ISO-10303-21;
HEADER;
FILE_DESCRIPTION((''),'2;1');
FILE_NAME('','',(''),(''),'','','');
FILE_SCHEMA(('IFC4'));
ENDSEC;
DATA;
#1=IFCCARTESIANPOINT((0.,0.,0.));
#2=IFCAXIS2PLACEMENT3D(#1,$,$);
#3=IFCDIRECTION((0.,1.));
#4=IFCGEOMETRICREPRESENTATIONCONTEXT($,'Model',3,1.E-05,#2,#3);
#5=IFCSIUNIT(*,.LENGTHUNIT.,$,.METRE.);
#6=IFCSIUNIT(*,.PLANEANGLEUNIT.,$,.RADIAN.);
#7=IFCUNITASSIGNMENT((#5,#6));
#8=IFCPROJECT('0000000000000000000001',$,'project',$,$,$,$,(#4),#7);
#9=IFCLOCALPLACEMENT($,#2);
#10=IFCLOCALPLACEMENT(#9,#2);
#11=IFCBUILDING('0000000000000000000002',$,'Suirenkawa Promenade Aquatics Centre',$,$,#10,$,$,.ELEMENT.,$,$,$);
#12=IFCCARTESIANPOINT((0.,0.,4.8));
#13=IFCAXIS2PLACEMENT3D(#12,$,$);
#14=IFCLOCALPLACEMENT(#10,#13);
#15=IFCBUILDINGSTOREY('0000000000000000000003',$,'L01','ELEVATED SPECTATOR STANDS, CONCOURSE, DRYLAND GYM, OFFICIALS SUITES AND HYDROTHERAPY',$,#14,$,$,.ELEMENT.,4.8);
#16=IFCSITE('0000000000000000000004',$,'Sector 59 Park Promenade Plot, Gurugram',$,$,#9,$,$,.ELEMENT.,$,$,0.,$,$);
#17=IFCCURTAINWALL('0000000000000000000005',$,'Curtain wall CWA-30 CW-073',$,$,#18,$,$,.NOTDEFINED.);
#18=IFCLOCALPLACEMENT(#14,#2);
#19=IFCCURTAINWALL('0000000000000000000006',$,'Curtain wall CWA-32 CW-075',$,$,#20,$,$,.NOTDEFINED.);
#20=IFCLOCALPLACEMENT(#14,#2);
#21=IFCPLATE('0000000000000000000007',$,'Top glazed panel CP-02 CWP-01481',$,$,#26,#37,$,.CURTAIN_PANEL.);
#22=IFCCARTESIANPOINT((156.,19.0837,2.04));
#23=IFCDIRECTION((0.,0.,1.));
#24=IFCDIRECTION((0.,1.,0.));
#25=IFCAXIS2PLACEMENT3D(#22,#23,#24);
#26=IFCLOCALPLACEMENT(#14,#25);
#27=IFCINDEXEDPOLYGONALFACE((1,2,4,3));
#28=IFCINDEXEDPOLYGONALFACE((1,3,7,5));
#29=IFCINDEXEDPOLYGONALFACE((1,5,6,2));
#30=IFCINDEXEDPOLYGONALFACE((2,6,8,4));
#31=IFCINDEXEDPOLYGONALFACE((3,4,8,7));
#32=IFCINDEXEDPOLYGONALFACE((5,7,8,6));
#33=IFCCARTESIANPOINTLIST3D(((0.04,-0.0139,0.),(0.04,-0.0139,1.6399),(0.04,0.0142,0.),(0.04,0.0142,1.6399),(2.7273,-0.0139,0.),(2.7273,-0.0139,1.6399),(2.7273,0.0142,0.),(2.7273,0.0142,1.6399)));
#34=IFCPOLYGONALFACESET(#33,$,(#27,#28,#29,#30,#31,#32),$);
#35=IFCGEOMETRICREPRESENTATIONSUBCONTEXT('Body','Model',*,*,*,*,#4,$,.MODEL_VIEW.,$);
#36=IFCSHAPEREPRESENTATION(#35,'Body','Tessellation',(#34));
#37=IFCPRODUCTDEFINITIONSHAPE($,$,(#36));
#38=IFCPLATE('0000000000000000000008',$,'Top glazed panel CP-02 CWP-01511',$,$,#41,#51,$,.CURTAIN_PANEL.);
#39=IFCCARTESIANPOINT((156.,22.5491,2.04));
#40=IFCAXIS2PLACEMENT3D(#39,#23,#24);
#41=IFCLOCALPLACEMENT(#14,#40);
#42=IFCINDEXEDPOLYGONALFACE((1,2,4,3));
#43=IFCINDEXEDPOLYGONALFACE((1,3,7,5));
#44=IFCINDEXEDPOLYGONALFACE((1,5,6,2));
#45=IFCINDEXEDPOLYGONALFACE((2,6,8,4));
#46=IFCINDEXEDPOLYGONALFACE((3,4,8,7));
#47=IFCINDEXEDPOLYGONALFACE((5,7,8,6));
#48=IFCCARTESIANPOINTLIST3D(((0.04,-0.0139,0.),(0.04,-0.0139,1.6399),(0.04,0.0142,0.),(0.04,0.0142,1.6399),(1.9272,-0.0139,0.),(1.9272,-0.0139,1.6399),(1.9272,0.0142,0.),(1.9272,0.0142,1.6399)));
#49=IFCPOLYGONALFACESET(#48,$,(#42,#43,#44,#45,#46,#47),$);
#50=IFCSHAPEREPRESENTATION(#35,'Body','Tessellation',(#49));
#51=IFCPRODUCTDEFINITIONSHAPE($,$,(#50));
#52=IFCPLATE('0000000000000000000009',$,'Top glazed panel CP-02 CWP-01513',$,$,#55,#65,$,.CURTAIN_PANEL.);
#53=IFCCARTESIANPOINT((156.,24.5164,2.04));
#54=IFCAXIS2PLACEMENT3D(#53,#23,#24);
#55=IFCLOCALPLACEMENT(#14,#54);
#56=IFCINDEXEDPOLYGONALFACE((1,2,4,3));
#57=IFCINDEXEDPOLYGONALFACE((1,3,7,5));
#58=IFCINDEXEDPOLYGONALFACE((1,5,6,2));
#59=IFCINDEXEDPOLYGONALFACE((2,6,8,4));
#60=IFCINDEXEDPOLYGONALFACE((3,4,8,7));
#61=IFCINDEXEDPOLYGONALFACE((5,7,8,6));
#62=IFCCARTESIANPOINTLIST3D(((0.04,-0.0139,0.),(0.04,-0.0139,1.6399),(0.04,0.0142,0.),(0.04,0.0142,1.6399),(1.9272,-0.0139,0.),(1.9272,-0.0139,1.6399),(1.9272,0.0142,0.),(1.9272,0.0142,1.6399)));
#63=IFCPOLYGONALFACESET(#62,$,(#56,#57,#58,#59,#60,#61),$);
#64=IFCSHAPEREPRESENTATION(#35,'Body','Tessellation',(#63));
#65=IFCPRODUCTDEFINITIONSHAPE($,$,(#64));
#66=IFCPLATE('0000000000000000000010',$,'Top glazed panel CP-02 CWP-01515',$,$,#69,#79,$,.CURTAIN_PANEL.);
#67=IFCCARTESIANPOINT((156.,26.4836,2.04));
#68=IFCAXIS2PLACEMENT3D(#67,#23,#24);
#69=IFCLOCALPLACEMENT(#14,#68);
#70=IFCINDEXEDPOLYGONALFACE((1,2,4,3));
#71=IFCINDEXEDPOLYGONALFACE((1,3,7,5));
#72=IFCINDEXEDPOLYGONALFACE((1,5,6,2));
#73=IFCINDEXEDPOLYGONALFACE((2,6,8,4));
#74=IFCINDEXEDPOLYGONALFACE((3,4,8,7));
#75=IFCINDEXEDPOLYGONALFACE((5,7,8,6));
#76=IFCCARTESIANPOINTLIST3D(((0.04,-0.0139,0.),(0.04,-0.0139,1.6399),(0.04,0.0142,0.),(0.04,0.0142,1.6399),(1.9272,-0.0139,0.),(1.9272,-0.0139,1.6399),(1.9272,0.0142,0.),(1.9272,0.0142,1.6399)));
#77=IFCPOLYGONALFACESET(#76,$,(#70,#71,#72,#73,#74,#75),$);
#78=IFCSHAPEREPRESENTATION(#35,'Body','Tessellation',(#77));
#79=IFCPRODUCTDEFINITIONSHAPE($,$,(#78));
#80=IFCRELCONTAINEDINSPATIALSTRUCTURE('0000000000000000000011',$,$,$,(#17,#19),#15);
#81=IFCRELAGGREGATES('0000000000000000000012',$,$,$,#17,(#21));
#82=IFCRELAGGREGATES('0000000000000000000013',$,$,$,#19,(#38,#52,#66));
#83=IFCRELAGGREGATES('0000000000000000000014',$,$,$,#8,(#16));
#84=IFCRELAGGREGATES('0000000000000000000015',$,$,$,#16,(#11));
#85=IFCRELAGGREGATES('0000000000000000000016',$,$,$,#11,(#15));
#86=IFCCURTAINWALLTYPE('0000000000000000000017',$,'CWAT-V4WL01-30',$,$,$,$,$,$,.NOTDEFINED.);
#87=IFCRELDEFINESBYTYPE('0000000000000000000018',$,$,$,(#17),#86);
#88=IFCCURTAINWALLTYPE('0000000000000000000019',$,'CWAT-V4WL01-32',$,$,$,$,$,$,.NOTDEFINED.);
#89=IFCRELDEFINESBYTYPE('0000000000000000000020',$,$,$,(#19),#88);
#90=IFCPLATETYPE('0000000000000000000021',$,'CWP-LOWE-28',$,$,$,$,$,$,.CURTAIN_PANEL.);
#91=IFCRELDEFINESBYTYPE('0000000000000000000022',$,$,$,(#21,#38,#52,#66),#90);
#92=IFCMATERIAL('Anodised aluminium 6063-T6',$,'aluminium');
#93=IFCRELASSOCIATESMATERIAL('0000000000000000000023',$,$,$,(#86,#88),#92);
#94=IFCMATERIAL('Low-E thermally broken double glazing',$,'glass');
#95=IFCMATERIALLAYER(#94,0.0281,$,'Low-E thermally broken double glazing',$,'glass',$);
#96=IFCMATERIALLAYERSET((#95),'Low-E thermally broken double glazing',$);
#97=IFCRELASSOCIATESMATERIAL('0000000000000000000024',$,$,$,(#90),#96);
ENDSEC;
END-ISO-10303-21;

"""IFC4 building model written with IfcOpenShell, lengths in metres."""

from ifc_helpers import new_model, si_unit, direction, frame, origin, place, context, subcontext, project, spatial, polyline, outline, extrude, material, layer, layer_set, type_object, element, aggregate, save


model = new_model("IFC4")

# Units and contexts
model_context = context("Model", 3, precision=1e-05, world=origin(), true_north=direction((0.0, 1.0)))
body_context = subcontext(model_context, "Body", "Model", "MODEL_VIEW")
ifc_project = project(units=[si_unit("LENGTHUNIT", "METRE"), si_unit("PLANEANGLEUNIT", "RADIAN")], contexts=[model_context])

# Site, building, storey
site_placement = place(None, origin())
site = spatial("IfcSite", under=ifc_project, at=site_placement, Name="Sector 59 Park Promenade Plot, Gurugram", CompositionType="ELEMENT", RefElevation=0.0)
building_placement = place(site_placement, origin())
building = spatial("IfcBuilding", under=site, at=building_placement, Name="Suirenkawa Promenade Aquatics Centre", CompositionType="ELEMENT")
storey_placement = place(building_placement, frame((0.0, 0.0, 4.8)))
storey = spatial("IfcBuildingStorey", under=building, at=storey_placement, Name="L01", Description="ELEVATED SPECTATOR STANDS, CONCOURSE, DRYLAND GYM, OFFICIALS SUITES AND HYDROTHERAPY", CompositionType="ELEMENT", Elevation=4.8)

# Curtain wall
ifc_material_1 = material(Name="Anodised aluminium 6063-T6", Category="aluminium")
curtain_wall_type_1 = type_object("IfcCurtainWallType", Name="CWAT-V4WL01-30", PredefinedType="NOTDEFINED", material=ifc_material_1)
curtain_wall_1_placement = place(storey_placement, origin())
curtain_wall_1 = element("IfcCurtainWall", 1, at=curtain_wall_1_placement, inside=storey, type_object=curtain_wall_type_1, Name="Curtain wall CWA-30 CW-073", PredefinedType="NOTDEFINED")

# Curtain wall
curtain_wall_type_2 = type_object("IfcCurtainWallType", Name="CWAT-V4WL01-32", PredefinedType="NOTDEFINED", material=ifc_material_1)
curtain_wall_2_placement = place(storey_placement, origin())
curtain_wall_2 = element("IfcCurtainWall", 2, at=curtain_wall_2_placement, inside=storey, type_object=curtain_wall_type_2, Name="Curtain wall CWA-32 CW-075", PredefinedType="NOTDEFINED")

# Plates
ifc_material_2 = material(Name="Low-E thermally broken double glazing", Category="glass")
ifc_layer_1 = layer(ifc_material_2, 0.0281, Name="Low-E thermally broken double glazing", Category="glass")
ifc_layer_set_1 = layer_set([ifc_layer_1], Name="Low-E thermally broken double glazing")
plate_type = type_object("IfcPlateType", Name="CWP-LOWE-28", PredefinedType="CURTAIN_PANEL", material=ifc_layer_set_1)
plate_1_placement = place(storey_placement, frame((156.0, 19.0837, 2.04), z_axis=(0.0, 0.0, 1.0), x_axis=(0.0, 1.0, 0.0)))
plate_1 = element("IfcPlate", 3, at=plate_1_placement, type_object=plate_type, Name="Top glazed panel CP-02 CWP-01481", PredefinedType="CURTAIN_PANEL", context=body_context, shape_type="SweptSolid", body=[
    extrude(outline(polyline([(0.04, 0.0), (2.7273, 0.0), (2.7273, 1.6399), (0.04, 1.6399), (0.04, 0.0)])), frame((0.0, 0.0142, 0.0), z_axis=(0.0, -1.0, 0.0), x_axis=(1.0, 0.0, 0.0)), (0.0, 0.0, 1.0), 0.0281),
])
aggregate(curtain_wall_1, [plate_1])
plate_2_placement = place(storey_placement, frame((156.0, 22.5491, 2.04), z_axis=(0.0, 0.0, 1.0), x_axis=(0.0, 1.0, 0.0)))
plate_2 = element("IfcPlate", 4, at=plate_2_placement, type_object=plate_type, Name="Top glazed panel CP-02 CWP-01511", PredefinedType="CURTAIN_PANEL", context=body_context, shape_type="SweptSolid", body=[
    extrude(outline(polyline([(0.04, 0.0), (1.9272, 0.0), (1.9272, 1.6399), (0.04, 1.6399), (0.04, 0.0)])), frame((0.0, 0.0142, 0.0), z_axis=(0.0, -1.0, 0.0), x_axis=(1.0, 0.0, 0.0)), (0.0, 0.0, 1.0), 0.0281),
])
plate_3_placement = place(storey_placement, frame((156.0, 24.5164, 2.04), z_axis=(0.0, 0.0, 1.0), x_axis=(0.0, 1.0, 0.0)))
plate_3 = element("IfcPlate", 5, at=plate_3_placement, type_object=plate_type, Name="Top glazed panel CP-02 CWP-01513", PredefinedType="CURTAIN_PANEL", context=body_context, shape_type="SweptSolid", body=[
    extrude(outline(polyline([(0.04, 0.0), (1.9272, 0.0), (1.9272, 1.6399), (0.04, 1.6399), (0.04, 0.0)])), frame((0.0, 0.0142, 0.0), z_axis=(0.0, -1.0, 0.0), x_axis=(1.0, 0.0, 0.0)), (0.0, 0.0, 1.0), 0.0281),
])
plate_4_placement = place(storey_placement, frame((156.0, 26.4836, 2.04), z_axis=(0.0, 0.0, 1.0), x_axis=(0.0, 1.0, 0.0)))
plate_4 = element("IfcPlate", 6, at=plate_4_placement, type_object=plate_type, Name="Top glazed panel CP-02 CWP-01515", PredefinedType="CURTAIN_PANEL", context=body_context, shape_type="SweptSolid", body=[
    extrude(outline(polyline([(0.04, 0.0), (1.9272, 0.0), (1.9272, 1.6399), (0.04, 1.6399), (0.04, 0.0)])), frame((0.0, 0.0142, 0.0), z_axis=(0.0, -1.0, 0.0), x_axis=(1.0, 0.0, 0.0)), (0.0, 0.0, 1.0), 0.0281),
])
aggregate(curtain_wall_2, [plate_2, plate_3, plate_4])

save(model, "model.ifc")
